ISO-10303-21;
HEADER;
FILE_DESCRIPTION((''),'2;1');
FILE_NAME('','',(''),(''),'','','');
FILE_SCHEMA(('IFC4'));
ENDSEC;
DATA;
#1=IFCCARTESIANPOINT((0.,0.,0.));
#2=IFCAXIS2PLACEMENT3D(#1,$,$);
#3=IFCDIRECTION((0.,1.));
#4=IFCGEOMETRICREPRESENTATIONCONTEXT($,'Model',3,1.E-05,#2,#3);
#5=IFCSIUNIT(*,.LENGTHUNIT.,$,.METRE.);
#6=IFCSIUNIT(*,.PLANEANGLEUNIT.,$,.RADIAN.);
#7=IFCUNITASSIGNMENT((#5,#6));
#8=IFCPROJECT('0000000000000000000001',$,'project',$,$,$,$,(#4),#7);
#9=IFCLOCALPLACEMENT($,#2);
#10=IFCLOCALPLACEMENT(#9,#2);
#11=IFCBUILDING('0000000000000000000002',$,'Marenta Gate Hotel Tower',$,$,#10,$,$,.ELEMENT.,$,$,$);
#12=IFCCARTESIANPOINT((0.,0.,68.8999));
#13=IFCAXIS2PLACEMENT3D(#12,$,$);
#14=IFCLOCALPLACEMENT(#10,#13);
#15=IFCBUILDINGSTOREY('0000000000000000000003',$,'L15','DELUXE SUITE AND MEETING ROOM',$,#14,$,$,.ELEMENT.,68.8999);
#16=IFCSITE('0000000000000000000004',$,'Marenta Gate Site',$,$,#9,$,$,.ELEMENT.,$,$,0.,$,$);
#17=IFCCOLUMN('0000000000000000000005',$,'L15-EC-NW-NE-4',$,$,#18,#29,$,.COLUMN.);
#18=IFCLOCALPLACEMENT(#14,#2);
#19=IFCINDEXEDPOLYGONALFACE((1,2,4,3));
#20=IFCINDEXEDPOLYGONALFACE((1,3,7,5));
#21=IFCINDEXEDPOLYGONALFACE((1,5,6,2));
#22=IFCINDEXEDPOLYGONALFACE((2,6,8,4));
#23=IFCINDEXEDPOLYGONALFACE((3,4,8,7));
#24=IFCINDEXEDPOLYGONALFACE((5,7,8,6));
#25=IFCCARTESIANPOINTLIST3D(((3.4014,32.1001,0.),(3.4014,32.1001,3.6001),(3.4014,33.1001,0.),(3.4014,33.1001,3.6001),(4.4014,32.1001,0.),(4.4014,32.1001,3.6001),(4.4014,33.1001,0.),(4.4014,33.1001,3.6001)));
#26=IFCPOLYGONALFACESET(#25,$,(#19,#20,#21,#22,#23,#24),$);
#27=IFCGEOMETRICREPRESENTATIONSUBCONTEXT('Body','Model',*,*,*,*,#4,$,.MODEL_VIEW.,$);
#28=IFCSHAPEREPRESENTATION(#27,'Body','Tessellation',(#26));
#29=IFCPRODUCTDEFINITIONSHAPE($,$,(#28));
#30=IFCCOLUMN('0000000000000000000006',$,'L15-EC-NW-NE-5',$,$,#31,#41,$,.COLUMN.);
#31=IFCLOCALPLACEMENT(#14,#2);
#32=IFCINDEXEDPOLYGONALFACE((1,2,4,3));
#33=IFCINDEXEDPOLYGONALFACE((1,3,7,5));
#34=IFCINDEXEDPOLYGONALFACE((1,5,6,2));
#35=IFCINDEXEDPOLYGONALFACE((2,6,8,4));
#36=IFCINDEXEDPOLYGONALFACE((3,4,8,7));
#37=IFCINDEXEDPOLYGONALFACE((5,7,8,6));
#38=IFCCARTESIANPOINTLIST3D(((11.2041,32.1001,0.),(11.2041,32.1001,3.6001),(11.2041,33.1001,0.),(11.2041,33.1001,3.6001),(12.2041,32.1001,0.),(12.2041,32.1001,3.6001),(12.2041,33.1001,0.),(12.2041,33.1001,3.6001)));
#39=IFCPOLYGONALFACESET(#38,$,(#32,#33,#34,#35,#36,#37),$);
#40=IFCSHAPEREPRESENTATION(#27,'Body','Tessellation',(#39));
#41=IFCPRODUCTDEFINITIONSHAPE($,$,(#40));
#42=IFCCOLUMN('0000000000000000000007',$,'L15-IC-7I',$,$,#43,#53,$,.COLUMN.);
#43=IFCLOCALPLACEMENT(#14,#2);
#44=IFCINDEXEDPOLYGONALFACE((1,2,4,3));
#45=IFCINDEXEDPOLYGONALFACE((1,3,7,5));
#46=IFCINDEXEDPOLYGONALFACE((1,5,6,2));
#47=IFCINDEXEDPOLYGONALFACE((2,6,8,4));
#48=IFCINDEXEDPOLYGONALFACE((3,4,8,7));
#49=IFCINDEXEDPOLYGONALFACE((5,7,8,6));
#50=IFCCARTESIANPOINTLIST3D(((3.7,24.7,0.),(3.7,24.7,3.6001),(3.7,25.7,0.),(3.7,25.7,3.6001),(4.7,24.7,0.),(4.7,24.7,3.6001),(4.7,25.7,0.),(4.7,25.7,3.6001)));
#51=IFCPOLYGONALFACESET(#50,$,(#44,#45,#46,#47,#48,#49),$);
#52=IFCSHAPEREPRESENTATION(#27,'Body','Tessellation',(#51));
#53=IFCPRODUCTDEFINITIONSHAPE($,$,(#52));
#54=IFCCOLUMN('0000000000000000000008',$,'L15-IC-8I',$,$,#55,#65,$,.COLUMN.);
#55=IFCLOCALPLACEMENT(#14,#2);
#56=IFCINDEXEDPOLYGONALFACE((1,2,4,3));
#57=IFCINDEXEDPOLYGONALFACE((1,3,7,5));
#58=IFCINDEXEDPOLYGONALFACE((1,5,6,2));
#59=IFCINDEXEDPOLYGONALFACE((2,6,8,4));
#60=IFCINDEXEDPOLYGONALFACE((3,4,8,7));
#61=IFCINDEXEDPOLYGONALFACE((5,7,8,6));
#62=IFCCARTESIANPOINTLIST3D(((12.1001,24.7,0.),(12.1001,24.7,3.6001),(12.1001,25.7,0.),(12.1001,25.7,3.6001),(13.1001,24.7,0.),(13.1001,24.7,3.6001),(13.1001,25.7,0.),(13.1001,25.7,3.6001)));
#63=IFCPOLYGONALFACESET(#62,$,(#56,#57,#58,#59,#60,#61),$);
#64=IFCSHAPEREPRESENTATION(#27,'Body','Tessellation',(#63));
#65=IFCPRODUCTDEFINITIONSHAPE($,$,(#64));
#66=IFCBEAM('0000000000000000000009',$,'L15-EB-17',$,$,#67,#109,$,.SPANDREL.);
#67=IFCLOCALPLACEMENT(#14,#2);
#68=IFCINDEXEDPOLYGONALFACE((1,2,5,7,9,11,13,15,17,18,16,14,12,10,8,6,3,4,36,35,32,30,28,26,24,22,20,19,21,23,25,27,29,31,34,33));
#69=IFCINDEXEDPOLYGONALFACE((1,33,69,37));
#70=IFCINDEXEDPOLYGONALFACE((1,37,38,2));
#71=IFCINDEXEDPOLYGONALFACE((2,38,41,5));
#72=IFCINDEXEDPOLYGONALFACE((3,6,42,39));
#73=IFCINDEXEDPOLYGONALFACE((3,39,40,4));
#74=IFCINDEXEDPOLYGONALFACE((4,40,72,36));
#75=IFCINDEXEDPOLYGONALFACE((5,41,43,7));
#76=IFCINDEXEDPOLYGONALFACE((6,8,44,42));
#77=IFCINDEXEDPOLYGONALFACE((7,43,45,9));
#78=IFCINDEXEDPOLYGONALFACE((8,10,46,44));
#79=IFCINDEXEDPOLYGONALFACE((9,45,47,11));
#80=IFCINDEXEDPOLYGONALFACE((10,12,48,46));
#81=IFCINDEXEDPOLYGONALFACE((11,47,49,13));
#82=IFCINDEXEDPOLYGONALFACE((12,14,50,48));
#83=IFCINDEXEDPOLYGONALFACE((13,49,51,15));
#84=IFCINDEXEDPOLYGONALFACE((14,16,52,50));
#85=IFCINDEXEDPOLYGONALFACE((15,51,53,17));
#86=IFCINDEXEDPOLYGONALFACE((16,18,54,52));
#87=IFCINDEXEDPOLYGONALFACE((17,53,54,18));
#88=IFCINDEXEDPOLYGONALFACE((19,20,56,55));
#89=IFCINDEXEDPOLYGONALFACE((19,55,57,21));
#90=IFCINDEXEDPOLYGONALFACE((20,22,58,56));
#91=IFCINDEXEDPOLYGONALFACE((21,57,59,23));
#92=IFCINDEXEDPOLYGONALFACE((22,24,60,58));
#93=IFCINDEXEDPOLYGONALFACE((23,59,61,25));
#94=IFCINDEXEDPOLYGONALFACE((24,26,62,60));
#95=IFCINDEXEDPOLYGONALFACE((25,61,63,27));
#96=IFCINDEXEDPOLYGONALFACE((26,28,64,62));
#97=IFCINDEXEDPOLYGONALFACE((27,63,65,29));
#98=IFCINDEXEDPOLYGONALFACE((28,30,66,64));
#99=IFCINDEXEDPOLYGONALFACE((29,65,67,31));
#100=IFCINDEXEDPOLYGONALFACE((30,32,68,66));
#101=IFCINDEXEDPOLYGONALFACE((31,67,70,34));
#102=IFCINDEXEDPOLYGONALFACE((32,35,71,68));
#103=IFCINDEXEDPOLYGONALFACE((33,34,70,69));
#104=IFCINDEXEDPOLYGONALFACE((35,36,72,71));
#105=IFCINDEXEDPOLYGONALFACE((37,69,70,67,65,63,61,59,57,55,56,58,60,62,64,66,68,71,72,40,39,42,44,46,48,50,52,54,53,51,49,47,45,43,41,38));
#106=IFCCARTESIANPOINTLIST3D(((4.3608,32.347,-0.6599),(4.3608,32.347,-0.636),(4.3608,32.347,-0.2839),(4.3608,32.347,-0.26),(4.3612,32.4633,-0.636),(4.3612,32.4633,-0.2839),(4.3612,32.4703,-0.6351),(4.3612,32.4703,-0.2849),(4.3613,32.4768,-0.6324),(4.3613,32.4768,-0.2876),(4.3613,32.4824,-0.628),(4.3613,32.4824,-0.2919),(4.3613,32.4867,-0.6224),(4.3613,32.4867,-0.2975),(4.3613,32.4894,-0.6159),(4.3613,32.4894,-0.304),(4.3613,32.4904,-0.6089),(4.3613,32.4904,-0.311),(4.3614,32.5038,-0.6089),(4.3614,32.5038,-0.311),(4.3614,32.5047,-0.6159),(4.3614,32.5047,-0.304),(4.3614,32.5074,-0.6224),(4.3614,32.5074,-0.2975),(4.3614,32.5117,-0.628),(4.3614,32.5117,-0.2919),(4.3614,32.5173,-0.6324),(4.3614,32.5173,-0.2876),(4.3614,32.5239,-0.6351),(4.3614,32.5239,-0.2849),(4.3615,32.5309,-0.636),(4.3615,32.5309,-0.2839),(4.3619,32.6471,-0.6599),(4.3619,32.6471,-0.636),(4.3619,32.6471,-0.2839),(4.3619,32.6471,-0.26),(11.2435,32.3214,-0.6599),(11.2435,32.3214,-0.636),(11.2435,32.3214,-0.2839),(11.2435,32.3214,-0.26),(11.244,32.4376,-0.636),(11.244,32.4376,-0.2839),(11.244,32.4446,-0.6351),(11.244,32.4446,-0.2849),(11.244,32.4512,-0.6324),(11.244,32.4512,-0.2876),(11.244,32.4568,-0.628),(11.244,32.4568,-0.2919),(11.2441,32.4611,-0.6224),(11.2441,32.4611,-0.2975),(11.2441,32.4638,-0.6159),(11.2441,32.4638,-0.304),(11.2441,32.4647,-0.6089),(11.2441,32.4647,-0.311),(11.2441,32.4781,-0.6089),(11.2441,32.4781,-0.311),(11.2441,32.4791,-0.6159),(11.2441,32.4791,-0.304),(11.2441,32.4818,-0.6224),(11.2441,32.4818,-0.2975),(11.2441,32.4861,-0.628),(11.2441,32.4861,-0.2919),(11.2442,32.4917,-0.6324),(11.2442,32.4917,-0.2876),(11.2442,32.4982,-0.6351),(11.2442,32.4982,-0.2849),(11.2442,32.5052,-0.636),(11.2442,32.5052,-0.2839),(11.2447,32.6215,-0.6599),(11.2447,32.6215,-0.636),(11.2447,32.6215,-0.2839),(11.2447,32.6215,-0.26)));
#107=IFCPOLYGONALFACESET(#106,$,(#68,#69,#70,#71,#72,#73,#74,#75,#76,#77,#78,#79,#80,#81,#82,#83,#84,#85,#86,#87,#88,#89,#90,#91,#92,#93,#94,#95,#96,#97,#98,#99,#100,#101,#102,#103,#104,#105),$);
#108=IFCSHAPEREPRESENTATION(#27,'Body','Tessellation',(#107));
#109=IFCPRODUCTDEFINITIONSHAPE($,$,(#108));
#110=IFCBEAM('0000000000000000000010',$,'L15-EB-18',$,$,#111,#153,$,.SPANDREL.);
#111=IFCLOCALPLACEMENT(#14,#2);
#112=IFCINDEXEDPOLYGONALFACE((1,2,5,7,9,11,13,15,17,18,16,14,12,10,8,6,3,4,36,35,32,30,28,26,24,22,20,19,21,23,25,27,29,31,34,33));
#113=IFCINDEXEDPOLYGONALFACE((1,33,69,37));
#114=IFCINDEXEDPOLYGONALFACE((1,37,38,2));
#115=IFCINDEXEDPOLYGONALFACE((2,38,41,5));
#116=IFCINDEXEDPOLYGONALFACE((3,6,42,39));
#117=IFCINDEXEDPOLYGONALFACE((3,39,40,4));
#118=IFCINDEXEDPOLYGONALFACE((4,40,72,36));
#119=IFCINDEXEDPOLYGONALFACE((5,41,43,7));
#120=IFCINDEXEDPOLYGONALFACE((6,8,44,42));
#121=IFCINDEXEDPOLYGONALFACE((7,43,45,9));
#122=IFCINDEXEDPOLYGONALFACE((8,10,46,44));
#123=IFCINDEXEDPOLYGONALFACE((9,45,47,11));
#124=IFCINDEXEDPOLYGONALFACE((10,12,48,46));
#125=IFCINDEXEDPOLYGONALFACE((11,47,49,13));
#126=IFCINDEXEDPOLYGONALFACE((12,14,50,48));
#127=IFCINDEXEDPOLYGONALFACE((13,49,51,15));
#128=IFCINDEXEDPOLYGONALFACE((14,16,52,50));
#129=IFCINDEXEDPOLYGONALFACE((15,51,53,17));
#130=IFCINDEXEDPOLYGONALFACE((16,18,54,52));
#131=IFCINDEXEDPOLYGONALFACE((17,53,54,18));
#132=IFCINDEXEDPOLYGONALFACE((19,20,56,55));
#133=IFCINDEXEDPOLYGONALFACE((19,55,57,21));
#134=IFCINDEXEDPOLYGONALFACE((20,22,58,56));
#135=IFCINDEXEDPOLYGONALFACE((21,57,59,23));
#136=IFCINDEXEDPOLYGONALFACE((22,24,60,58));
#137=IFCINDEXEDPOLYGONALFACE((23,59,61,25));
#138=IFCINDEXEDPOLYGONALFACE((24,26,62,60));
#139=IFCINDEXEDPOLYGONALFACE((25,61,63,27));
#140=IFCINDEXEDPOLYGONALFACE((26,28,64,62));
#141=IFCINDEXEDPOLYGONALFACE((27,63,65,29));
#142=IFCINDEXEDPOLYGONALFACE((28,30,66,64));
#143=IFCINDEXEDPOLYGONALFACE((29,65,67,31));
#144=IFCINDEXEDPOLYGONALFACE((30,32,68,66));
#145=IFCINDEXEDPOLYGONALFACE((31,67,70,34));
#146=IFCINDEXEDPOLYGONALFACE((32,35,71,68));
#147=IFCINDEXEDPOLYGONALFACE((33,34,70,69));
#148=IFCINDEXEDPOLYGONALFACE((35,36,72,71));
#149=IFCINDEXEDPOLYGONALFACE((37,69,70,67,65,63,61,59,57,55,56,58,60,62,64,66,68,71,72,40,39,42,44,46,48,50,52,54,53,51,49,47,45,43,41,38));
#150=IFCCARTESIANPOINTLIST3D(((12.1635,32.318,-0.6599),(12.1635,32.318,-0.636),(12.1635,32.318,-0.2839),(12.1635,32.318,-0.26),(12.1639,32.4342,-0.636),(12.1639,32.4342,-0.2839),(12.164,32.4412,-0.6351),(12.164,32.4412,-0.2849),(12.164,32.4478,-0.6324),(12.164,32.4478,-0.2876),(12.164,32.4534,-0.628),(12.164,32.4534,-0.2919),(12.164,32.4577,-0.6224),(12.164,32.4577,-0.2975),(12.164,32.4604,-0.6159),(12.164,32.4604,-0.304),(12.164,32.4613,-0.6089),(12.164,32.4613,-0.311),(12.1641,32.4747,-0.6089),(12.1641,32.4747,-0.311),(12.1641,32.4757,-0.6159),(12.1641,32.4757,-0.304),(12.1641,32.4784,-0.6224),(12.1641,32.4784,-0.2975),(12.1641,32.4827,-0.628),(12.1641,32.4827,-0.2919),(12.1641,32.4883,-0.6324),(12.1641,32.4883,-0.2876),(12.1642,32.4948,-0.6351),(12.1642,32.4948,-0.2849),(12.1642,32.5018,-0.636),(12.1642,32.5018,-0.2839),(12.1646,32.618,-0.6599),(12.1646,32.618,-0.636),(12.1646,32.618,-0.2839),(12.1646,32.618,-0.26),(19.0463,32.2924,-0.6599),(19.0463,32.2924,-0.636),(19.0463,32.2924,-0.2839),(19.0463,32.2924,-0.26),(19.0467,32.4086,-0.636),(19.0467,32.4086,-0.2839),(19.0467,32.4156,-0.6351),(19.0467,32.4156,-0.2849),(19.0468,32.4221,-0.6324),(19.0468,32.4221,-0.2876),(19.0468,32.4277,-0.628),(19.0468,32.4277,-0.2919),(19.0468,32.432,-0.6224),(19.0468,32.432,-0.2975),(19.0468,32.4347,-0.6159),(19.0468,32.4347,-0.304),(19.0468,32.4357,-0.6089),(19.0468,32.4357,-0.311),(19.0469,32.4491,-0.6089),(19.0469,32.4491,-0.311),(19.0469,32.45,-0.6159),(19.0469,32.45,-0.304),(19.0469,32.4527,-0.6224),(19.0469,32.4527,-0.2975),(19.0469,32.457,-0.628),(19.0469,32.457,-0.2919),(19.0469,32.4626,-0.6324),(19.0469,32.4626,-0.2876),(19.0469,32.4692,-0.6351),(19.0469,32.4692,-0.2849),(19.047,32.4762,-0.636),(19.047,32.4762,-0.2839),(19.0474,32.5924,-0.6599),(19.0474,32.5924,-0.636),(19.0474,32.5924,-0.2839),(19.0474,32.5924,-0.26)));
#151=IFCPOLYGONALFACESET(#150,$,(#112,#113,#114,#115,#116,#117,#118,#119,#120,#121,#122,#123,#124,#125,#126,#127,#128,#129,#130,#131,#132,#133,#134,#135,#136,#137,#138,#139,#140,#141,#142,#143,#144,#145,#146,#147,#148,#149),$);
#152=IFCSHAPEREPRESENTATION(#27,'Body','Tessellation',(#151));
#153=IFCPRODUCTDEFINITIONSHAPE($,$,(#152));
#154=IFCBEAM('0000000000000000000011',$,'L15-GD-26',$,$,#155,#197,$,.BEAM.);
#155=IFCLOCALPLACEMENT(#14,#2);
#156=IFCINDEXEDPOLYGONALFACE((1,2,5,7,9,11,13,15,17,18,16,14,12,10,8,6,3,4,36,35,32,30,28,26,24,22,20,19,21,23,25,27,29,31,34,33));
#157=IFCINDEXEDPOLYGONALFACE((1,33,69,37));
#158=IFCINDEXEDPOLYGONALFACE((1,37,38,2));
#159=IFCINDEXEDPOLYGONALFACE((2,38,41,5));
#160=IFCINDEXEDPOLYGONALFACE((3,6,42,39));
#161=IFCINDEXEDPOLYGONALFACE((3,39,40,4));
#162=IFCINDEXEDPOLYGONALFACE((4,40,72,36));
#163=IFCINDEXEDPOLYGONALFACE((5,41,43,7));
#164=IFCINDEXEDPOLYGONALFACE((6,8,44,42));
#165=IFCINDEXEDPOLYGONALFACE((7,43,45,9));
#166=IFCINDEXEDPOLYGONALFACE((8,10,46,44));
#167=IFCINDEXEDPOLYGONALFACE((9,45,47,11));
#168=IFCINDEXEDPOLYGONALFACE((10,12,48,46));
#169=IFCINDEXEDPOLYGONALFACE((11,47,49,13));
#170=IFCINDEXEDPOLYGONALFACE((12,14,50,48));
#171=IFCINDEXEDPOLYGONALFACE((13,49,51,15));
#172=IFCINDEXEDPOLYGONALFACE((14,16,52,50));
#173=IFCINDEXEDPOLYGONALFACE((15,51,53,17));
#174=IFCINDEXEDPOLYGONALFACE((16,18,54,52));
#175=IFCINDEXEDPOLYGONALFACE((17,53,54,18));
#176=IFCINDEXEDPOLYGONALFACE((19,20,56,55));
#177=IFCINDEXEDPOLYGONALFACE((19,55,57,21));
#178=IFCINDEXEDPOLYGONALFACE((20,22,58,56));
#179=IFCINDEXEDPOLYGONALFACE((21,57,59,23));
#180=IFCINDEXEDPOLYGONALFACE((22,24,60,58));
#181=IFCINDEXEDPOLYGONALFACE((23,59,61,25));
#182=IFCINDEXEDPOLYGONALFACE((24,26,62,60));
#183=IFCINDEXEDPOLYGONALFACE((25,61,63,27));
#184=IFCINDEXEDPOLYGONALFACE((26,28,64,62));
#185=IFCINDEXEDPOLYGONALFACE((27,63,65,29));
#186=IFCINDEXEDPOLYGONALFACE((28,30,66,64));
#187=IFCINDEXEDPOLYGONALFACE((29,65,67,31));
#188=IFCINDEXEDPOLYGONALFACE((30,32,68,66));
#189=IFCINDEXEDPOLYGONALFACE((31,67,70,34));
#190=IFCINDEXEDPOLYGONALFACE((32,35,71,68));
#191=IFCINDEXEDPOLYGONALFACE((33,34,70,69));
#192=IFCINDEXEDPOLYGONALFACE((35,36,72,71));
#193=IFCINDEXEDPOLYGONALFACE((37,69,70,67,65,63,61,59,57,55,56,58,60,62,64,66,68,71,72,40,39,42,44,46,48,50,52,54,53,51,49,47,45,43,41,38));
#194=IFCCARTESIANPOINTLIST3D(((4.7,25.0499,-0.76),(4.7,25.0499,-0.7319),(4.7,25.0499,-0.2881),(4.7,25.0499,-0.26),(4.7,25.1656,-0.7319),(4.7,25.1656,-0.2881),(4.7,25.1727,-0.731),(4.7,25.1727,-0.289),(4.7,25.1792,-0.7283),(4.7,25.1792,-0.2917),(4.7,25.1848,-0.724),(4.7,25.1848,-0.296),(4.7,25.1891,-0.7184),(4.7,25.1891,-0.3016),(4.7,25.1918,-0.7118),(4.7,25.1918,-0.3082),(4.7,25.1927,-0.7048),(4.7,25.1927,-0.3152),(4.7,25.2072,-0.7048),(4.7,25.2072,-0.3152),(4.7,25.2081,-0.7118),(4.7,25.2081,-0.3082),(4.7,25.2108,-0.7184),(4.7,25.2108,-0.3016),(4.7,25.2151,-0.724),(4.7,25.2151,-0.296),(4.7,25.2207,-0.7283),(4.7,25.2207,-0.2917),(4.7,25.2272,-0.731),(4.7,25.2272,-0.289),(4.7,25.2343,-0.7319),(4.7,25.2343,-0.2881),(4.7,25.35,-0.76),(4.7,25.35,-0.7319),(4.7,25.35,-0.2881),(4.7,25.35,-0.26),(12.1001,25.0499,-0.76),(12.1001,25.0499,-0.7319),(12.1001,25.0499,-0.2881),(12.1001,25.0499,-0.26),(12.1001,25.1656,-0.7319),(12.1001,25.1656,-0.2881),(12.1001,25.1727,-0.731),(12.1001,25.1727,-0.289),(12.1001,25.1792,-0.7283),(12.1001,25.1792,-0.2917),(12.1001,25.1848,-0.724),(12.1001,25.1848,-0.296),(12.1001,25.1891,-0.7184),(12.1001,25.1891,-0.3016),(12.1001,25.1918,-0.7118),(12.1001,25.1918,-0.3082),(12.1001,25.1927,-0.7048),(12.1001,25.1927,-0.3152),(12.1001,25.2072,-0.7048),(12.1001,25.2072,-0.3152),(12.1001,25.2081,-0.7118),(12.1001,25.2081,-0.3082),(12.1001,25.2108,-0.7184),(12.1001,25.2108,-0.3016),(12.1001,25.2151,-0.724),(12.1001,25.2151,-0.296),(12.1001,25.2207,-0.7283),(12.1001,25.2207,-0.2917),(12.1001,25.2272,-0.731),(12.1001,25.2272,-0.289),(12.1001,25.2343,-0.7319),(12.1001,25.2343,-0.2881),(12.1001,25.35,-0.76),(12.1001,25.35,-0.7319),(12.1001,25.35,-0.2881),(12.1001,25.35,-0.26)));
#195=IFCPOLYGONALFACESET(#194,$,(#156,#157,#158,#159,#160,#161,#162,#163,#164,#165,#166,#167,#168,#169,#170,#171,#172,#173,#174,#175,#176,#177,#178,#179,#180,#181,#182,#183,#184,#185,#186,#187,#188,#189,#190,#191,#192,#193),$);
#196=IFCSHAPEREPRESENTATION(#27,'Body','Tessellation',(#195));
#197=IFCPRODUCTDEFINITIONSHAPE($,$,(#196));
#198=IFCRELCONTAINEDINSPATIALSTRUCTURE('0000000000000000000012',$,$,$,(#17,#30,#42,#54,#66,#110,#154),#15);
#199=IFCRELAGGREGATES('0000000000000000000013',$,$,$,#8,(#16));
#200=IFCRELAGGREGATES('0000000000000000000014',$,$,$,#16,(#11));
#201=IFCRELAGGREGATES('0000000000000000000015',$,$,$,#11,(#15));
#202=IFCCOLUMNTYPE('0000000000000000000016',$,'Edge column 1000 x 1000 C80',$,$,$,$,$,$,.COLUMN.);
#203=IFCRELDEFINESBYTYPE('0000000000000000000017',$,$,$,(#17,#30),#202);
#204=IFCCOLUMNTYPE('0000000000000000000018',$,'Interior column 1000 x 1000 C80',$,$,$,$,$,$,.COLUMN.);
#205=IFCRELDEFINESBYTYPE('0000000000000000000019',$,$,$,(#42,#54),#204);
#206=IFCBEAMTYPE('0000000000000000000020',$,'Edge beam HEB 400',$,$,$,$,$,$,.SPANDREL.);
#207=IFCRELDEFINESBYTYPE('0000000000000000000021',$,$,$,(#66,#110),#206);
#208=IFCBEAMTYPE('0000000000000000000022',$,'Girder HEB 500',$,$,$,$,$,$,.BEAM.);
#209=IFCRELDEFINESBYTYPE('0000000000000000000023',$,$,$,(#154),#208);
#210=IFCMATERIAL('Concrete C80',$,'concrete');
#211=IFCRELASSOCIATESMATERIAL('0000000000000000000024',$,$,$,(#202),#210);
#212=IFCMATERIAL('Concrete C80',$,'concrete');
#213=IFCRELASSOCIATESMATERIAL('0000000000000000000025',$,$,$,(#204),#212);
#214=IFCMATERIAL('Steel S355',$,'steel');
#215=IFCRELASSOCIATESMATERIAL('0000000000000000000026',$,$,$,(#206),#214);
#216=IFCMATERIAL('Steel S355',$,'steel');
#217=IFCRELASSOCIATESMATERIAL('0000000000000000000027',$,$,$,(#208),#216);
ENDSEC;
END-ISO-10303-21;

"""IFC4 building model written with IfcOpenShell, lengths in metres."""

from ifc_helpers import new_model, si_unit, direction, frame, origin, origin_2d, place, context, subcontext, project, spatial, rectangle, i_section, extrude, material, material_profile, profile_set, type_object, element, save


model = new_model("IFC4")

# Units and contexts
model_context = context("Model", 3, precision=1e-05, world=origin(), true_north=direction((0.0, 1.0)))
body_context = subcontext(model_context, "Body", "Model", "MODEL_VIEW")
ifc_project = project(units=[si_unit("LENGTHUNIT", "METRE"), si_unit("PLANEANGLEUNIT", "RADIAN")], contexts=[model_context])

# Site, building, storey
site_placement = place(None, origin())
site = spatial("IfcSite", under=ifc_project, at=site_placement, Name="Marenta Gate Site", CompositionType="ELEMENT", RefElevation=0.0)
building_placement = place(site_placement, origin())
building = spatial("IfcBuilding", under=site, at=building_placement, Name="Marenta Gate Hotel Tower", CompositionType="ELEMENT")
storey_placement = place(building_placement, frame((0.0, 0.0, 68.8999)))
storey = spatial("IfcBuildingStorey", under=building, at=storey_placement, Name="L15", Description="DELUXE SUITE AND MEETING ROOM", CompositionType="ELEMENT", Elevation=68.8999)

# Columns
ifc_material_1 = material(Name="Concrete C80", Category="concrete")
ifc_material_profile_1 = material_profile(ifc_material_1, rectangle(XDim=1.0, YDim=1.0, at=origin_2d()), Name="1000 x 1000")
ifc_profile_set_1 = profile_set([ifc_material_profile_1], Name="Concrete C80")
column_type_1 = type_object("IfcColumnType", Name="Edge column 1000 x 1000 C80", PredefinedType="COLUMN", material=ifc_profile_set_1)
for number, where, z_axis, x_axis, name in (
    (1, (3.9014, 32.6001, 0.0), (0.0, 0.0, 1.0), (1.0, 0.0, 0.0), "L15-EC-NW-NE-4"),
    (2, (11.7041, 32.6001, 0.0), (0.0, 0.0, 1.0), (1.0, 0.0, 0.0), "L15-EC-NW-NE-5"),
):
    element("IfcColumn", number, at=place(storey_placement, frame(where, z_axis=z_axis, x_axis=x_axis)), inside=storey, type_object=column_type_1, Name=name, PredefinedType="COLUMN", context=body_context, shape_type="SweptSolid", body=[
        extrude(rectangle(XDim=1.0, YDim=1.0, at=origin_2d()), origin(), (0.0, 0.0, 1.0), 3.6001),
    ])
ifc_material_2 = material(Name="Concrete C80", Category="concrete")
ifc_material_profile_2 = material_profile(ifc_material_2, rectangle(XDim=1.0, YDim=1.0, at=origin_2d()), Name="1000 x 1000")
ifc_profile_set_2 = profile_set([ifc_material_profile_2], Name="Concrete C80")
column_type_2 = type_object("IfcColumnType", Name="Interior column 1000 x 1000 C80", PredefinedType="COLUMN", material=ifc_profile_set_2)
for number, where, z_axis, x_axis, name in (
    (3, (4.2, 25.2, 0.0), (0.0, 0.0, 1.0), (1.0, 0.0, 0.0), "L15-IC-7I"),
    (4, (12.6001, 25.2, 0.0), (0.0, 0.0, 1.0), (1.0, 0.0, 0.0), "L15-IC-8I"),
):
    element("IfcColumn", number, at=place(storey_placement, frame(where, z_axis=z_axis, x_axis=x_axis)), inside=storey, type_object=column_type_2, Name=name, PredefinedType="COLUMN", context=body_context, shape_type="SweptSolid", body=[
        extrude(rectangle(XDim=1.0, YDim=1.0, at=origin_2d()), origin(), (0.0, 0.0, 1.0), 3.6001),
    ])

# Beams
ifc_material_3 = material(Name="Steel S355", Category="steel")
ifc_material_profile_3 = material_profile(ifc_material_3, i_section(OverallWidth=0.3, OverallDepth=0.3999, WebThickness=0.0134, FlangeThickness=0.0239, FilletRadius=0.0271, at=origin_2d()), Name="HEB 400")
ifc_profile_set_3 = profile_set([ifc_material_profile_3], Name="Steel S355")
beam_type_1 = type_object("IfcBeamType", Name="Edge beam HEB 400", PredefinedType="SPANDREL", material=ifc_profile_set_3)
for number, where, z_axis, x_axis, name in (
    (5, (4.3613, 32.4971, -0.46), (0.999993, -0.003724, 0.0), (0.003724, 0.999993, 0.0), "L15-EB-17"),
    (6, (12.1641, 32.468, -0.46), (0.999993, -0.003724, 0.0), (0.003724, 0.999993, 0.0), "L15-EB-18"),
):
    element("IfcBeam", number, at=place(storey_placement, frame(where, z_axis=z_axis, x_axis=x_axis)), inside=storey, type_object=beam_type_1, Name=name, PredefinedType="SPANDREL", context=body_context, shape_type="SweptSolid", body=[
        extrude(i_section(OverallWidth=0.3, OverallDepth=0.3999, WebThickness=0.0134, FlangeThickness=0.0239, FilletRadius=0.0271, at=origin_2d()), origin(), (0.0, 0.0, 1.0), 6.8828),
    ])
ifc_material_4 = material(Name="Steel S355", Category="steel")
ifc_material_profile_4 = material_profile(ifc_material_4, i_section(OverallWidth=0.3, OverallDepth=0.5, WebThickness=0.0144, FlangeThickness=0.0281, FilletRadius=0.0271, at=origin_2d()), Name="HEB 500")
ifc_profile_set_4 = profile_set([ifc_material_profile_4], Name="Steel S355")
beam_type_2 = type_object("IfcBeamType", Name="Girder HEB 500", PredefinedType="BEAM", material=ifc_profile_set_4)
beam_placement = place(storey_placement, frame((4.7, 25.2, -0.51), z_axis=(1.0, 0.0, 0.0), x_axis=(0.0, 1.0, 0.0)))
element("IfcBeam", 7, at=beam_placement, inside=storey, type_object=beam_type_2, Name="L15-GD-26", PredefinedType="BEAM", context=body_context, shape_type="SweptSolid", body=[
    extrude(i_section(OverallWidth=0.3, OverallDepth=0.5, WebThickness=0.0144, FlangeThickness=0.0281, FilletRadius=0.0271, at=origin_2d()), origin(), (0.0, 0.0, 1.0), 7.4001),
])

save(model, "model.ifc")
